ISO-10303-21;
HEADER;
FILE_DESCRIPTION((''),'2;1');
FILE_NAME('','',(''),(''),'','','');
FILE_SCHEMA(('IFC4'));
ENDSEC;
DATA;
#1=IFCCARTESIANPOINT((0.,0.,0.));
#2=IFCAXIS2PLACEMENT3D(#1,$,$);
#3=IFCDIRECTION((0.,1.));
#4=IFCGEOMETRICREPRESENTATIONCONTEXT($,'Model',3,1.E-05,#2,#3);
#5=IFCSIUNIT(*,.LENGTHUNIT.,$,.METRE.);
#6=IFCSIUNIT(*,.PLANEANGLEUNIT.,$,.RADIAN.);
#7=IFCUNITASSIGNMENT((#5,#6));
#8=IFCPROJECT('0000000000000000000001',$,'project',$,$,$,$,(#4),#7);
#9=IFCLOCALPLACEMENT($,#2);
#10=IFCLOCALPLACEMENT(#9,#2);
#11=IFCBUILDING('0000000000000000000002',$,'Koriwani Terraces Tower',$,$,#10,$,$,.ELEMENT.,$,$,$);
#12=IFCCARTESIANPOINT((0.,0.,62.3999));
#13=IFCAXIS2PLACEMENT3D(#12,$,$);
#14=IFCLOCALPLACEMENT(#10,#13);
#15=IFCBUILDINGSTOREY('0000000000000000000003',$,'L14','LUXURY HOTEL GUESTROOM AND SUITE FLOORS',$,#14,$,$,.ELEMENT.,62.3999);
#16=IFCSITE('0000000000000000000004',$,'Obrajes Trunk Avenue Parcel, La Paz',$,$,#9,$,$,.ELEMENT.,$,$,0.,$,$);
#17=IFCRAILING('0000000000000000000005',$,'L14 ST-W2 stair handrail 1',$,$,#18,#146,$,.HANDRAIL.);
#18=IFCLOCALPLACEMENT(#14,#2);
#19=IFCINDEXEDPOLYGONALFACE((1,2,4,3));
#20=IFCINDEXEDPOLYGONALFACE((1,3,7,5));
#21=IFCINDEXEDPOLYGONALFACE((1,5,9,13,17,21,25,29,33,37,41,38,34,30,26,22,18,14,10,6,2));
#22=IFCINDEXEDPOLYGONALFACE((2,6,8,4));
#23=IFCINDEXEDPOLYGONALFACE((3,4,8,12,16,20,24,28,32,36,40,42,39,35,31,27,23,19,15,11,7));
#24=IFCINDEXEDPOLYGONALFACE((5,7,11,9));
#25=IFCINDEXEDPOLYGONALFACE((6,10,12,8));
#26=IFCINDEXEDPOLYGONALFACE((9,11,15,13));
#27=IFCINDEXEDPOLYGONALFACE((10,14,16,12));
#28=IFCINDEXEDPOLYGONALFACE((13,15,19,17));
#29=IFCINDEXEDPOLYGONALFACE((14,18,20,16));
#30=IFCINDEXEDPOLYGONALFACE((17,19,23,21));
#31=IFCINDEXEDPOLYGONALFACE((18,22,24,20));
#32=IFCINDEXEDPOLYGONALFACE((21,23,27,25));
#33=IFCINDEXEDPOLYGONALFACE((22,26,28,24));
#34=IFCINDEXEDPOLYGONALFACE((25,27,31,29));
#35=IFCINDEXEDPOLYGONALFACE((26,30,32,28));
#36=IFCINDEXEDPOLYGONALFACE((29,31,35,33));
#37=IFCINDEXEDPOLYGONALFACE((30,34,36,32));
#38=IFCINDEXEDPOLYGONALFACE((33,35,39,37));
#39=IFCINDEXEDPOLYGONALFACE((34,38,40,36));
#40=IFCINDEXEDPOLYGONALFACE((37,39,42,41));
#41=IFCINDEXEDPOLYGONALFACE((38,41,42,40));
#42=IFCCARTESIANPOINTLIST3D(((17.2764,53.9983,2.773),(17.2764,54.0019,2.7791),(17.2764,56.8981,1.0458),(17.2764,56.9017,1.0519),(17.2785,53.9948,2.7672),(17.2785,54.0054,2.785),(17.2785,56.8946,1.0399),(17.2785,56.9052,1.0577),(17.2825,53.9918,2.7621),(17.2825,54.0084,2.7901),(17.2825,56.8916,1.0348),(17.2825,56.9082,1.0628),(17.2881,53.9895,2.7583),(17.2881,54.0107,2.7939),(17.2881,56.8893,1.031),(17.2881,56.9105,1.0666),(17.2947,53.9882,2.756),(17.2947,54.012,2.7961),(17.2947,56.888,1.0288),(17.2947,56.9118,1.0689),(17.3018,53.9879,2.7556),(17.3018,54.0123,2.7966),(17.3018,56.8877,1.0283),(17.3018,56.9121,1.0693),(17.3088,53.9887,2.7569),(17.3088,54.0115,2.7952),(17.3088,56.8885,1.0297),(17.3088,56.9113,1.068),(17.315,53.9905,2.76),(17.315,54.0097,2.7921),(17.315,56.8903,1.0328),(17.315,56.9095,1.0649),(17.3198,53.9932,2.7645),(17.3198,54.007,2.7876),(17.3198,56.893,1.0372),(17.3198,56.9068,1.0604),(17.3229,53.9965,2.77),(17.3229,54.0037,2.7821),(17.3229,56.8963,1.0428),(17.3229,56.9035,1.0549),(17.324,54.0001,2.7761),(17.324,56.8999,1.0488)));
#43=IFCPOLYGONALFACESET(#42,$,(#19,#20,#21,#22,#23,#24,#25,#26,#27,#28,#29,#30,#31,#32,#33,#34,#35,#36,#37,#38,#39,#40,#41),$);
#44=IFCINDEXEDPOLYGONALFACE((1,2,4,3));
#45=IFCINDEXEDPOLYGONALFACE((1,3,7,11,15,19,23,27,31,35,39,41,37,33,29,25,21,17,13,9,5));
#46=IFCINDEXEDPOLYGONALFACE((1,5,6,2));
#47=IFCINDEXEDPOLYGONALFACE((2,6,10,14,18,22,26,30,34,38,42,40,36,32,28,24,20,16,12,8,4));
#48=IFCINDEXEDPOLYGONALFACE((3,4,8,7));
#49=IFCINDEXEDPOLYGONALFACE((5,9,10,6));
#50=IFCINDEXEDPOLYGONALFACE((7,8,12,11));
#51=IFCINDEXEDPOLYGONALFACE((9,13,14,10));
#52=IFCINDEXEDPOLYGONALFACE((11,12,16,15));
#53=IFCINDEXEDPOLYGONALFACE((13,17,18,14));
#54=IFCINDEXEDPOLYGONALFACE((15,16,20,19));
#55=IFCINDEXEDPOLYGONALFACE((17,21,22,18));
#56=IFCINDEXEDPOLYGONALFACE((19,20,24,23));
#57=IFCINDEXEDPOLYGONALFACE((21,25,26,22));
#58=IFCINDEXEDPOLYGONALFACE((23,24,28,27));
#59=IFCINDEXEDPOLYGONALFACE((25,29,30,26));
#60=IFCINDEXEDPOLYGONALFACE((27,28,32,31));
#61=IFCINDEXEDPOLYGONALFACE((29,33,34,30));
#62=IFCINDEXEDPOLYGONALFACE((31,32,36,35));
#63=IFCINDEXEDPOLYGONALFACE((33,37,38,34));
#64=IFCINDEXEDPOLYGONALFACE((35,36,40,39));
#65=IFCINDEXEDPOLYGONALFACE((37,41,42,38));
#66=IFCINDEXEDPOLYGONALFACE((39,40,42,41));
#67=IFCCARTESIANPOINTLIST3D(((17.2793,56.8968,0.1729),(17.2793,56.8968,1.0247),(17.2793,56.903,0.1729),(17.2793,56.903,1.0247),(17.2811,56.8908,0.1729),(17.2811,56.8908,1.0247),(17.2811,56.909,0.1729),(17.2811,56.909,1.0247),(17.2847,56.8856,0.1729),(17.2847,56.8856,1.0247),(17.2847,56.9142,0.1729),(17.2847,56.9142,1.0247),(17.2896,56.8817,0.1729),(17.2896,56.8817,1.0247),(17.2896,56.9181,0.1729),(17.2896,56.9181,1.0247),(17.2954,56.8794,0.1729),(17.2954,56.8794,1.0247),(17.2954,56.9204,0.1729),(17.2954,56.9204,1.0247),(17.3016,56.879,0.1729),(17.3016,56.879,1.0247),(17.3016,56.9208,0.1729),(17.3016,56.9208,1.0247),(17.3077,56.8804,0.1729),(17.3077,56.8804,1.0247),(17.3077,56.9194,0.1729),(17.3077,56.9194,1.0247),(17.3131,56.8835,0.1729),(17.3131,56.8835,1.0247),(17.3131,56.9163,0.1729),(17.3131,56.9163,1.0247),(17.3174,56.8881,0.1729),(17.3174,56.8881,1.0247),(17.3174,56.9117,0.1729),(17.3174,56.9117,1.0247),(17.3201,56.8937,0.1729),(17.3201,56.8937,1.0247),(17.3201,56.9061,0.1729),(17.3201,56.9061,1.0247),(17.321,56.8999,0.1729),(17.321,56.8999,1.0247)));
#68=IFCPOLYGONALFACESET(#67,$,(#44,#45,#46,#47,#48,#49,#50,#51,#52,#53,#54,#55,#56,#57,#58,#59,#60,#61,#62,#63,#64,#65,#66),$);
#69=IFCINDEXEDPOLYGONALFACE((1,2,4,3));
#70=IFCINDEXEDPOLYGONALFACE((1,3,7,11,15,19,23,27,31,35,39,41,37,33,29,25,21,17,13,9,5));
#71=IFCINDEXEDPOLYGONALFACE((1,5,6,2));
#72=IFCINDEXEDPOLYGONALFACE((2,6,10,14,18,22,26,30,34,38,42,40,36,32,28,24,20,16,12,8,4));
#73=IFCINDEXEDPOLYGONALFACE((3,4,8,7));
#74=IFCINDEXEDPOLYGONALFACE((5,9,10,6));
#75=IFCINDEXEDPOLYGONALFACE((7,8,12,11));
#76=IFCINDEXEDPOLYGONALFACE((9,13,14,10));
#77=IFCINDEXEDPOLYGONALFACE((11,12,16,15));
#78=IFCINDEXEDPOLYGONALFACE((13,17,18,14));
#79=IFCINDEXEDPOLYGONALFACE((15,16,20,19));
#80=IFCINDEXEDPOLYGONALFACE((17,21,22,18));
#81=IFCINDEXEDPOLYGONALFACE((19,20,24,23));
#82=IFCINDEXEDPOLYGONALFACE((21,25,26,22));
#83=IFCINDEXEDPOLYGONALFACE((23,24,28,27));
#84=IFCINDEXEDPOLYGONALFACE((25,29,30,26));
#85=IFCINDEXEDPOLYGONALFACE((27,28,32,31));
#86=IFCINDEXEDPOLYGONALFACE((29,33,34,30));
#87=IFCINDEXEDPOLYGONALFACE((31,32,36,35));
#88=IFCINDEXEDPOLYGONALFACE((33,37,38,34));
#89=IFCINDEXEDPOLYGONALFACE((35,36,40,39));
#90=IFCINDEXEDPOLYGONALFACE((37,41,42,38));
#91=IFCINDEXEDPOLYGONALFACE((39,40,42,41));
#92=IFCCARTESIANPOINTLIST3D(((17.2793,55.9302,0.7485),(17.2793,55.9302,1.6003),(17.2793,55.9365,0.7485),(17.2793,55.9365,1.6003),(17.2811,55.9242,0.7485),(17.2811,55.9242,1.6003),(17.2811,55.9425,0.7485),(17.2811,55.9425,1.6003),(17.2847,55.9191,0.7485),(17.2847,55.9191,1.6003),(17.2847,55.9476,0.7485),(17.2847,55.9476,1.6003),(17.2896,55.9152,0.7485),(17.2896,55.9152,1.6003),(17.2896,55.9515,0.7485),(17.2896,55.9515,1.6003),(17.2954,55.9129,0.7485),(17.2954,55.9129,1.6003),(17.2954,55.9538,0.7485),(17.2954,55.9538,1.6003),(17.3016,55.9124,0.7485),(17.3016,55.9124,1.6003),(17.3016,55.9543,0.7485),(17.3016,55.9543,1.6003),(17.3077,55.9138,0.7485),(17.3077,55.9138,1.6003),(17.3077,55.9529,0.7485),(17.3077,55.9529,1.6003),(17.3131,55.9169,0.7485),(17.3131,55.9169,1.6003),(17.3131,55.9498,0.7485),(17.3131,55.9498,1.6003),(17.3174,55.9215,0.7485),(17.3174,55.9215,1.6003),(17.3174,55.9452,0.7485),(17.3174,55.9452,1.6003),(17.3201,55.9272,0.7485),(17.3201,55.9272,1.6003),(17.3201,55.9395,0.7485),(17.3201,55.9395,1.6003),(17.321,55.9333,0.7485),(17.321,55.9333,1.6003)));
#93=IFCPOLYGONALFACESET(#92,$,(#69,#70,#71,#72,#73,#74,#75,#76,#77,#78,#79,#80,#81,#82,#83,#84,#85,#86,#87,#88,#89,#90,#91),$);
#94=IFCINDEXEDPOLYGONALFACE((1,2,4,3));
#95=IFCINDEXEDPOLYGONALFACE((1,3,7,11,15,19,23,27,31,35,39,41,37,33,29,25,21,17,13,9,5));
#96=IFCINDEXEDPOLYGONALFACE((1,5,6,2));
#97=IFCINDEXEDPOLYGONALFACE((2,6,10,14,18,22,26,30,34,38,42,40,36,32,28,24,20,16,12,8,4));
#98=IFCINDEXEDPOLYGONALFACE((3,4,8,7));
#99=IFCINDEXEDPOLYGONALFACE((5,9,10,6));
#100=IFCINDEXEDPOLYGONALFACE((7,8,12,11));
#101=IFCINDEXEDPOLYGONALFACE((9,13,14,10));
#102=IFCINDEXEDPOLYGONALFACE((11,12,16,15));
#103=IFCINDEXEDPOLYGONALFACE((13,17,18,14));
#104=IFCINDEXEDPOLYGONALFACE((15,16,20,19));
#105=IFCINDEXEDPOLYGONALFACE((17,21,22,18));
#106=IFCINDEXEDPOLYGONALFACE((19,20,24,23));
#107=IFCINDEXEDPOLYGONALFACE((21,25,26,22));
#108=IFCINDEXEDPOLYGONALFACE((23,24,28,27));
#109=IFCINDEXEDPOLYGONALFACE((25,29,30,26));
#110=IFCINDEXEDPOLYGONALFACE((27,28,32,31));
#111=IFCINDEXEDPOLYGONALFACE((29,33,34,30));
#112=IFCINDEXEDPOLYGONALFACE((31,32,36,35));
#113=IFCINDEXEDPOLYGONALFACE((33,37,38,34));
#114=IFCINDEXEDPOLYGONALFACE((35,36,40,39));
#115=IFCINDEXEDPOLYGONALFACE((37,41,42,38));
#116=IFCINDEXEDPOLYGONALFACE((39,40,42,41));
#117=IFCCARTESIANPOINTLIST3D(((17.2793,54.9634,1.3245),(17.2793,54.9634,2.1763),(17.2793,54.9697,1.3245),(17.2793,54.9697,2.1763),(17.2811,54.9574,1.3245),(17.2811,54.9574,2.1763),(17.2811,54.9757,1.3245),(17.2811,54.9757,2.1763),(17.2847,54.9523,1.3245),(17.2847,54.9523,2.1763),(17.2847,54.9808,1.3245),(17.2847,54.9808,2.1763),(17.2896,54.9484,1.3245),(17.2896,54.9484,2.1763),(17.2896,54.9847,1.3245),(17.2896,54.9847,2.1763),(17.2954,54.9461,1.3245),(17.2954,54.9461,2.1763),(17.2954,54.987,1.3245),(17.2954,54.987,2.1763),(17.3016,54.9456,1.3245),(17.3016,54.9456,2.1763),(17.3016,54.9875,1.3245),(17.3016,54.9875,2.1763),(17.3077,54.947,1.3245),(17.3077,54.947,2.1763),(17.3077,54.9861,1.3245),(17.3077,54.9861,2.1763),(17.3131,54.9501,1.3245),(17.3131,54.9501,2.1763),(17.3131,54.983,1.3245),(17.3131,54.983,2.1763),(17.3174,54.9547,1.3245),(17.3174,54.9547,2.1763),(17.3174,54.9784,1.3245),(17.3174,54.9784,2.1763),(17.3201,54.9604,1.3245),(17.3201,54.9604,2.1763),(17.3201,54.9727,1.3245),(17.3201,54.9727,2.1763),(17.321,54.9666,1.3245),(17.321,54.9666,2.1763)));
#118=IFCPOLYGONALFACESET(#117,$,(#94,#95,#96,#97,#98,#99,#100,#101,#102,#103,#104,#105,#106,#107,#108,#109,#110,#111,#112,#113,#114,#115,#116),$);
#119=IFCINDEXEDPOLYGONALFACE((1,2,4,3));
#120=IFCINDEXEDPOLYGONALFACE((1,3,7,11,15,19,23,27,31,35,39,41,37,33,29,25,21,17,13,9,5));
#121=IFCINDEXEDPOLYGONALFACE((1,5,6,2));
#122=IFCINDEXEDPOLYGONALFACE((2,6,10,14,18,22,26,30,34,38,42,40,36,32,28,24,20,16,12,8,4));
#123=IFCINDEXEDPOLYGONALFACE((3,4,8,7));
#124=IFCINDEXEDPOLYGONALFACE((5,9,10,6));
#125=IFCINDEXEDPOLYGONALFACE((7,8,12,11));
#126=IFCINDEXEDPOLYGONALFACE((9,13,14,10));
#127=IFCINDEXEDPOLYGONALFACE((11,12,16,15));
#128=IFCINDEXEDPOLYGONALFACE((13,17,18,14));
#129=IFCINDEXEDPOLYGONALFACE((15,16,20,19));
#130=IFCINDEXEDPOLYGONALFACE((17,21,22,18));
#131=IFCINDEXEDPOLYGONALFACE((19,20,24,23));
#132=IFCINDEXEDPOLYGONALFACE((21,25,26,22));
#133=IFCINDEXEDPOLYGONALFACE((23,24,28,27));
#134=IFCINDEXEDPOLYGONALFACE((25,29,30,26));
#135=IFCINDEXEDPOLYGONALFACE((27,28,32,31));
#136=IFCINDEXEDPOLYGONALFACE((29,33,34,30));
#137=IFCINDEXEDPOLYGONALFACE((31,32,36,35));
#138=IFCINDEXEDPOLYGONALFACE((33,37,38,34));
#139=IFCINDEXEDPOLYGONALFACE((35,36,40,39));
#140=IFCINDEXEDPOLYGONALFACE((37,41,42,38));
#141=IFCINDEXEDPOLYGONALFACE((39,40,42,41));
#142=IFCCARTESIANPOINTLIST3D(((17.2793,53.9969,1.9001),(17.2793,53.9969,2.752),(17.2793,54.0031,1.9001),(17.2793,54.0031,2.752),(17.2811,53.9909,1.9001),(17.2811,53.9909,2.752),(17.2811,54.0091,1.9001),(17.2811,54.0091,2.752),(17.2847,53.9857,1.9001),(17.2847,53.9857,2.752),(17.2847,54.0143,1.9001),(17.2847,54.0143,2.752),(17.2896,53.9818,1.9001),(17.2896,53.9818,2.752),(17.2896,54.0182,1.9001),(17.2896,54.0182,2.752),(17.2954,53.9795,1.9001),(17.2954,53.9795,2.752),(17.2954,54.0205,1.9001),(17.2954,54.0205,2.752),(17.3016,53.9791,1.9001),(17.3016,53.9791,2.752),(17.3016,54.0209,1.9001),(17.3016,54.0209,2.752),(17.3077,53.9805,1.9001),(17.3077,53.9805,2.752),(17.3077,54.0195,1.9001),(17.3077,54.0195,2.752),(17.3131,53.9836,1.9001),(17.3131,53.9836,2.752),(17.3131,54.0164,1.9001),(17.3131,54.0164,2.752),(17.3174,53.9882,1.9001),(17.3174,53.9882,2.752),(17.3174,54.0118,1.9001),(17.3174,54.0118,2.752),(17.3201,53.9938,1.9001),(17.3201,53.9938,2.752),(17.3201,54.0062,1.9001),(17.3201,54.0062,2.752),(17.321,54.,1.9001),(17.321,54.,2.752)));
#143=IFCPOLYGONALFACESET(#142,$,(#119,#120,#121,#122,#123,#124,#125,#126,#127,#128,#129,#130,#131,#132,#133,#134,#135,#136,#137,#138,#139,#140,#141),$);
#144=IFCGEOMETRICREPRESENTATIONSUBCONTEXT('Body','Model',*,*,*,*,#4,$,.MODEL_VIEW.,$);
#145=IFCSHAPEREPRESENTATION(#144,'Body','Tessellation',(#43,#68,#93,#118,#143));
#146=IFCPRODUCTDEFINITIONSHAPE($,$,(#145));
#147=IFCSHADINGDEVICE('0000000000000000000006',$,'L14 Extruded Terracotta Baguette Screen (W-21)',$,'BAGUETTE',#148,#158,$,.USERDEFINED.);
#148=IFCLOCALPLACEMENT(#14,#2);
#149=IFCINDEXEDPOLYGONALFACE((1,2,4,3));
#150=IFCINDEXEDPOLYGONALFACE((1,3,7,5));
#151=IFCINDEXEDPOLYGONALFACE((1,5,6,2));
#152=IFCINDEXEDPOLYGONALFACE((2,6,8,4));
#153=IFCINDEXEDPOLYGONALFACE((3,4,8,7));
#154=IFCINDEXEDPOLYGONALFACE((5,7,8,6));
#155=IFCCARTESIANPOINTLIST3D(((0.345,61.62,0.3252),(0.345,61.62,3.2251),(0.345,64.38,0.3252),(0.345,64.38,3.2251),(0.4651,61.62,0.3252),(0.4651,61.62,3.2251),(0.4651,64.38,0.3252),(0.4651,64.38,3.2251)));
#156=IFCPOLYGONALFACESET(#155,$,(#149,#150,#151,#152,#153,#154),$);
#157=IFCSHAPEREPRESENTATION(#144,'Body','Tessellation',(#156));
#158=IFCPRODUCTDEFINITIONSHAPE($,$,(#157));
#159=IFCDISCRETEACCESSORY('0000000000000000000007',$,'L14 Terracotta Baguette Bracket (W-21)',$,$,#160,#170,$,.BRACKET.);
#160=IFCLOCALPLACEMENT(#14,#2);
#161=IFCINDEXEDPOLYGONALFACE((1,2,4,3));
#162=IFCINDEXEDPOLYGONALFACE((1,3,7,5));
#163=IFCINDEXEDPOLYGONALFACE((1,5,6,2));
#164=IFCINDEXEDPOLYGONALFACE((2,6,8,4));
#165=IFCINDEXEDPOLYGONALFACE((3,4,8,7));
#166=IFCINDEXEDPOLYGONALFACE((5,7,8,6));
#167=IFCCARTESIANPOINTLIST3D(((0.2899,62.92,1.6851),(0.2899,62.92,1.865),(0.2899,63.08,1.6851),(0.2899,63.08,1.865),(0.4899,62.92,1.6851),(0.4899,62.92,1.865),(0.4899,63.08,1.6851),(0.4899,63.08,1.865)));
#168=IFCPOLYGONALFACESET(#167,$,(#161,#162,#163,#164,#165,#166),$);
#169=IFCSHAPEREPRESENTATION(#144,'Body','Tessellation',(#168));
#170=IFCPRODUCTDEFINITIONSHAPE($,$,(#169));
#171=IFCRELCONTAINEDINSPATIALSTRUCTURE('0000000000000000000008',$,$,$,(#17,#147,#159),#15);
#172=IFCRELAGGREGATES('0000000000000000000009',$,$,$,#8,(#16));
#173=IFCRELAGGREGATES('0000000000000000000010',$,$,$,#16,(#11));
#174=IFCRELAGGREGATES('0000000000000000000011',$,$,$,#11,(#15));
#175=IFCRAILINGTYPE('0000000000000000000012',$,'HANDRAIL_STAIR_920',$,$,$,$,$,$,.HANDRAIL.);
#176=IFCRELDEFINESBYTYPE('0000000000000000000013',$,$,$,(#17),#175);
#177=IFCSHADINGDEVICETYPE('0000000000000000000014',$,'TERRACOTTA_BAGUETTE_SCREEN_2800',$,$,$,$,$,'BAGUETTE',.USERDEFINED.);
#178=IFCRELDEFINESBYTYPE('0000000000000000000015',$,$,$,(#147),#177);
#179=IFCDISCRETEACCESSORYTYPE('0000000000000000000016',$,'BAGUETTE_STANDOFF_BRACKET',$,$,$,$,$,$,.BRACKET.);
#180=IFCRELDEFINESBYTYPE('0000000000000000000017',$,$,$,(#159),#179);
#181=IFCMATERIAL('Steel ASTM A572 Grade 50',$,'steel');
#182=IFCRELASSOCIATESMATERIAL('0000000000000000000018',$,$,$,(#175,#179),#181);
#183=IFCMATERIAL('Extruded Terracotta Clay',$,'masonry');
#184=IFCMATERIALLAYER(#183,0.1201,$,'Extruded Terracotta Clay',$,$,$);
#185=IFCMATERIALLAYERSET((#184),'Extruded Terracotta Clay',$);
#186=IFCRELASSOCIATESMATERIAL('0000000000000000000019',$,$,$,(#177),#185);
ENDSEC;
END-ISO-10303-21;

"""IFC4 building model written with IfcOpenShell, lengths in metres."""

from ifc_helpers import new_model, si_unit, direction, frame, origin, origin_2d, place, context, subcontext, project, spatial, rectangle, circle, extrude, material, layer, layer_set, type_object, element, save


model = new_model("IFC4")

# Units and contexts
model_context = context("Model", 3, precision=1e-05, world=origin(), true_north=direction((0.0, 1.0)))
body_context = subcontext(model_context, "Body", "Model", "MODEL_VIEW")
ifc_project = project(units=[si_unit("LENGTHUNIT", "METRE"), si_unit("PLANEANGLEUNIT", "RADIAN")], contexts=[model_context])

# Site, building, storey
site_placement = place(None, origin())
site = spatial("IfcSite", under=ifc_project, at=site_placement, Name="Obrajes Trunk Avenue Parcel, La Paz", CompositionType="ELEMENT", RefElevation=0.0)
building_placement = place(site_placement, origin())
building = spatial("IfcBuilding", under=site, at=building_placement, Name="Koriwani Terraces Tower", CompositionType="ELEMENT")
storey_placement = place(building_placement, frame((0.0, 0.0, 62.3999)))
storey = spatial("IfcBuildingStorey", under=building, at=storey_placement, Name="L14", Description="LUXURY HOTEL GUESTROOM AND SUITE FLOORS", CompositionType="ELEMENT", Elevation=62.3999)

# Shared definitions
ifc_material_1 = material(Name="Steel ASTM A572 Grade 50", Category="steel")

# Railing
railing_type = type_object("IfcRailingType", Name="HANDRAIL_STAIR_920", PredefinedType="HANDRAIL", material=ifc_material_1)
railing_placement = place(storey_placement, frame((17.3, 56.8999, 0.1729)))
element("IfcRailing", 1, at=railing_placement, inside=storey, type_object=railing_type, Name="L14 ST-W2 stair handrail 1", PredefinedType="HANDRAIL", context=body_context, shape_type="SweptSolid", body=[
    extrude(circle(Radius=0.0239, at=origin_2d()), frame((0.0, 0.0, 0.876), z_axis=(0.0, -0.859141, 0.511738), x_axis=(1.0, 0.0, 0.0)), (0.0, 0.0, 1.0), 3.3752),
    extrude(circle(Radius=0.021, at=origin_2d()), origin(), (0.0, 0.0, 1.0), 0.8518),
    extrude(circle(Radius=0.021, at=origin_2d()), frame((0.0, -0.9666, 0.5757)), (0.0, 0.0, 1.0), 0.8518),
    extrude(circle(Radius=0.021, at=origin_2d()), frame((0.0, -1.9333, 1.1516)), (0.0, 0.0, 1.0), 0.8518),
    extrude(circle(Radius=0.021, at=origin_2d()), frame((0.0, -2.8999, 1.7273)), (0.0, 0.0, 1.0), 0.8518),
])

# Shading device
ifc_material_2 = material(Name="Extruded Terracotta Clay", Category="masonry")
ifc_layer_1 = layer(ifc_material_2, 0.1201, Name="Extruded Terracotta Clay")
ifc_layer_set_1 = layer_set([ifc_layer_1], Name="Extruded Terracotta Clay")
shading_device_type = type_object("IfcShadingDeviceType", Name="TERRACOTTA_BAGUETTE_SCREEN_2800", ElementType="BAGUETTE", PredefinedType="USERDEFINED", material=ifc_layer_set_1)
shading_device_placement = place(storey_placement, frame((0.405, 63.0, 0.3252), z_axis=(0.0, 0.0, 1.0), x_axis=(0.0, 1.0, 0.0)))
element("IfcShadingDevice", 2, at=shading_device_placement, inside=storey, type_object=shading_device_type, Name="L14 Extruded Terracotta Baguette Screen (W-21)", ObjectType="BAGUETTE", PredefinedType="USERDEFINED", context=body_context, shape_type="SweptSolid", body=[
    extrude(rectangle(XDim=2.76, YDim=0.1201, at=origin_2d()), origin(), (0.0, 0.0, 1.0), 2.8999),
])

# Discrete accessory
discrete_accessory_type = type_object("IfcDiscreteAccessoryType", Name="BAGUETTE_STANDOFF_BRACKET", PredefinedType="BRACKET", material=ifc_material_1)
discrete_accessory_placement = place(storey_placement, frame((0.3899, 63.0, 1.6851), z_axis=(0.0, 0.0, 1.0), x_axis=(0.0, 1.0, 0.0)))
element("IfcDiscreteAccessory", 3, at=discrete_accessory_placement, inside=storey, type_object=discrete_accessory_type, Name="L14 Terracotta Baguette Bracket (W-21)", PredefinedType="BRACKET", context=body_context, shape_type="SweptSolid", body=[
    extrude(rectangle(XDim=0.1599, YDim=0.2, at=origin_2d()), origin(), (0.0, 0.0, 1.0), 0.1799),
])

save(model, "model.ifc")
